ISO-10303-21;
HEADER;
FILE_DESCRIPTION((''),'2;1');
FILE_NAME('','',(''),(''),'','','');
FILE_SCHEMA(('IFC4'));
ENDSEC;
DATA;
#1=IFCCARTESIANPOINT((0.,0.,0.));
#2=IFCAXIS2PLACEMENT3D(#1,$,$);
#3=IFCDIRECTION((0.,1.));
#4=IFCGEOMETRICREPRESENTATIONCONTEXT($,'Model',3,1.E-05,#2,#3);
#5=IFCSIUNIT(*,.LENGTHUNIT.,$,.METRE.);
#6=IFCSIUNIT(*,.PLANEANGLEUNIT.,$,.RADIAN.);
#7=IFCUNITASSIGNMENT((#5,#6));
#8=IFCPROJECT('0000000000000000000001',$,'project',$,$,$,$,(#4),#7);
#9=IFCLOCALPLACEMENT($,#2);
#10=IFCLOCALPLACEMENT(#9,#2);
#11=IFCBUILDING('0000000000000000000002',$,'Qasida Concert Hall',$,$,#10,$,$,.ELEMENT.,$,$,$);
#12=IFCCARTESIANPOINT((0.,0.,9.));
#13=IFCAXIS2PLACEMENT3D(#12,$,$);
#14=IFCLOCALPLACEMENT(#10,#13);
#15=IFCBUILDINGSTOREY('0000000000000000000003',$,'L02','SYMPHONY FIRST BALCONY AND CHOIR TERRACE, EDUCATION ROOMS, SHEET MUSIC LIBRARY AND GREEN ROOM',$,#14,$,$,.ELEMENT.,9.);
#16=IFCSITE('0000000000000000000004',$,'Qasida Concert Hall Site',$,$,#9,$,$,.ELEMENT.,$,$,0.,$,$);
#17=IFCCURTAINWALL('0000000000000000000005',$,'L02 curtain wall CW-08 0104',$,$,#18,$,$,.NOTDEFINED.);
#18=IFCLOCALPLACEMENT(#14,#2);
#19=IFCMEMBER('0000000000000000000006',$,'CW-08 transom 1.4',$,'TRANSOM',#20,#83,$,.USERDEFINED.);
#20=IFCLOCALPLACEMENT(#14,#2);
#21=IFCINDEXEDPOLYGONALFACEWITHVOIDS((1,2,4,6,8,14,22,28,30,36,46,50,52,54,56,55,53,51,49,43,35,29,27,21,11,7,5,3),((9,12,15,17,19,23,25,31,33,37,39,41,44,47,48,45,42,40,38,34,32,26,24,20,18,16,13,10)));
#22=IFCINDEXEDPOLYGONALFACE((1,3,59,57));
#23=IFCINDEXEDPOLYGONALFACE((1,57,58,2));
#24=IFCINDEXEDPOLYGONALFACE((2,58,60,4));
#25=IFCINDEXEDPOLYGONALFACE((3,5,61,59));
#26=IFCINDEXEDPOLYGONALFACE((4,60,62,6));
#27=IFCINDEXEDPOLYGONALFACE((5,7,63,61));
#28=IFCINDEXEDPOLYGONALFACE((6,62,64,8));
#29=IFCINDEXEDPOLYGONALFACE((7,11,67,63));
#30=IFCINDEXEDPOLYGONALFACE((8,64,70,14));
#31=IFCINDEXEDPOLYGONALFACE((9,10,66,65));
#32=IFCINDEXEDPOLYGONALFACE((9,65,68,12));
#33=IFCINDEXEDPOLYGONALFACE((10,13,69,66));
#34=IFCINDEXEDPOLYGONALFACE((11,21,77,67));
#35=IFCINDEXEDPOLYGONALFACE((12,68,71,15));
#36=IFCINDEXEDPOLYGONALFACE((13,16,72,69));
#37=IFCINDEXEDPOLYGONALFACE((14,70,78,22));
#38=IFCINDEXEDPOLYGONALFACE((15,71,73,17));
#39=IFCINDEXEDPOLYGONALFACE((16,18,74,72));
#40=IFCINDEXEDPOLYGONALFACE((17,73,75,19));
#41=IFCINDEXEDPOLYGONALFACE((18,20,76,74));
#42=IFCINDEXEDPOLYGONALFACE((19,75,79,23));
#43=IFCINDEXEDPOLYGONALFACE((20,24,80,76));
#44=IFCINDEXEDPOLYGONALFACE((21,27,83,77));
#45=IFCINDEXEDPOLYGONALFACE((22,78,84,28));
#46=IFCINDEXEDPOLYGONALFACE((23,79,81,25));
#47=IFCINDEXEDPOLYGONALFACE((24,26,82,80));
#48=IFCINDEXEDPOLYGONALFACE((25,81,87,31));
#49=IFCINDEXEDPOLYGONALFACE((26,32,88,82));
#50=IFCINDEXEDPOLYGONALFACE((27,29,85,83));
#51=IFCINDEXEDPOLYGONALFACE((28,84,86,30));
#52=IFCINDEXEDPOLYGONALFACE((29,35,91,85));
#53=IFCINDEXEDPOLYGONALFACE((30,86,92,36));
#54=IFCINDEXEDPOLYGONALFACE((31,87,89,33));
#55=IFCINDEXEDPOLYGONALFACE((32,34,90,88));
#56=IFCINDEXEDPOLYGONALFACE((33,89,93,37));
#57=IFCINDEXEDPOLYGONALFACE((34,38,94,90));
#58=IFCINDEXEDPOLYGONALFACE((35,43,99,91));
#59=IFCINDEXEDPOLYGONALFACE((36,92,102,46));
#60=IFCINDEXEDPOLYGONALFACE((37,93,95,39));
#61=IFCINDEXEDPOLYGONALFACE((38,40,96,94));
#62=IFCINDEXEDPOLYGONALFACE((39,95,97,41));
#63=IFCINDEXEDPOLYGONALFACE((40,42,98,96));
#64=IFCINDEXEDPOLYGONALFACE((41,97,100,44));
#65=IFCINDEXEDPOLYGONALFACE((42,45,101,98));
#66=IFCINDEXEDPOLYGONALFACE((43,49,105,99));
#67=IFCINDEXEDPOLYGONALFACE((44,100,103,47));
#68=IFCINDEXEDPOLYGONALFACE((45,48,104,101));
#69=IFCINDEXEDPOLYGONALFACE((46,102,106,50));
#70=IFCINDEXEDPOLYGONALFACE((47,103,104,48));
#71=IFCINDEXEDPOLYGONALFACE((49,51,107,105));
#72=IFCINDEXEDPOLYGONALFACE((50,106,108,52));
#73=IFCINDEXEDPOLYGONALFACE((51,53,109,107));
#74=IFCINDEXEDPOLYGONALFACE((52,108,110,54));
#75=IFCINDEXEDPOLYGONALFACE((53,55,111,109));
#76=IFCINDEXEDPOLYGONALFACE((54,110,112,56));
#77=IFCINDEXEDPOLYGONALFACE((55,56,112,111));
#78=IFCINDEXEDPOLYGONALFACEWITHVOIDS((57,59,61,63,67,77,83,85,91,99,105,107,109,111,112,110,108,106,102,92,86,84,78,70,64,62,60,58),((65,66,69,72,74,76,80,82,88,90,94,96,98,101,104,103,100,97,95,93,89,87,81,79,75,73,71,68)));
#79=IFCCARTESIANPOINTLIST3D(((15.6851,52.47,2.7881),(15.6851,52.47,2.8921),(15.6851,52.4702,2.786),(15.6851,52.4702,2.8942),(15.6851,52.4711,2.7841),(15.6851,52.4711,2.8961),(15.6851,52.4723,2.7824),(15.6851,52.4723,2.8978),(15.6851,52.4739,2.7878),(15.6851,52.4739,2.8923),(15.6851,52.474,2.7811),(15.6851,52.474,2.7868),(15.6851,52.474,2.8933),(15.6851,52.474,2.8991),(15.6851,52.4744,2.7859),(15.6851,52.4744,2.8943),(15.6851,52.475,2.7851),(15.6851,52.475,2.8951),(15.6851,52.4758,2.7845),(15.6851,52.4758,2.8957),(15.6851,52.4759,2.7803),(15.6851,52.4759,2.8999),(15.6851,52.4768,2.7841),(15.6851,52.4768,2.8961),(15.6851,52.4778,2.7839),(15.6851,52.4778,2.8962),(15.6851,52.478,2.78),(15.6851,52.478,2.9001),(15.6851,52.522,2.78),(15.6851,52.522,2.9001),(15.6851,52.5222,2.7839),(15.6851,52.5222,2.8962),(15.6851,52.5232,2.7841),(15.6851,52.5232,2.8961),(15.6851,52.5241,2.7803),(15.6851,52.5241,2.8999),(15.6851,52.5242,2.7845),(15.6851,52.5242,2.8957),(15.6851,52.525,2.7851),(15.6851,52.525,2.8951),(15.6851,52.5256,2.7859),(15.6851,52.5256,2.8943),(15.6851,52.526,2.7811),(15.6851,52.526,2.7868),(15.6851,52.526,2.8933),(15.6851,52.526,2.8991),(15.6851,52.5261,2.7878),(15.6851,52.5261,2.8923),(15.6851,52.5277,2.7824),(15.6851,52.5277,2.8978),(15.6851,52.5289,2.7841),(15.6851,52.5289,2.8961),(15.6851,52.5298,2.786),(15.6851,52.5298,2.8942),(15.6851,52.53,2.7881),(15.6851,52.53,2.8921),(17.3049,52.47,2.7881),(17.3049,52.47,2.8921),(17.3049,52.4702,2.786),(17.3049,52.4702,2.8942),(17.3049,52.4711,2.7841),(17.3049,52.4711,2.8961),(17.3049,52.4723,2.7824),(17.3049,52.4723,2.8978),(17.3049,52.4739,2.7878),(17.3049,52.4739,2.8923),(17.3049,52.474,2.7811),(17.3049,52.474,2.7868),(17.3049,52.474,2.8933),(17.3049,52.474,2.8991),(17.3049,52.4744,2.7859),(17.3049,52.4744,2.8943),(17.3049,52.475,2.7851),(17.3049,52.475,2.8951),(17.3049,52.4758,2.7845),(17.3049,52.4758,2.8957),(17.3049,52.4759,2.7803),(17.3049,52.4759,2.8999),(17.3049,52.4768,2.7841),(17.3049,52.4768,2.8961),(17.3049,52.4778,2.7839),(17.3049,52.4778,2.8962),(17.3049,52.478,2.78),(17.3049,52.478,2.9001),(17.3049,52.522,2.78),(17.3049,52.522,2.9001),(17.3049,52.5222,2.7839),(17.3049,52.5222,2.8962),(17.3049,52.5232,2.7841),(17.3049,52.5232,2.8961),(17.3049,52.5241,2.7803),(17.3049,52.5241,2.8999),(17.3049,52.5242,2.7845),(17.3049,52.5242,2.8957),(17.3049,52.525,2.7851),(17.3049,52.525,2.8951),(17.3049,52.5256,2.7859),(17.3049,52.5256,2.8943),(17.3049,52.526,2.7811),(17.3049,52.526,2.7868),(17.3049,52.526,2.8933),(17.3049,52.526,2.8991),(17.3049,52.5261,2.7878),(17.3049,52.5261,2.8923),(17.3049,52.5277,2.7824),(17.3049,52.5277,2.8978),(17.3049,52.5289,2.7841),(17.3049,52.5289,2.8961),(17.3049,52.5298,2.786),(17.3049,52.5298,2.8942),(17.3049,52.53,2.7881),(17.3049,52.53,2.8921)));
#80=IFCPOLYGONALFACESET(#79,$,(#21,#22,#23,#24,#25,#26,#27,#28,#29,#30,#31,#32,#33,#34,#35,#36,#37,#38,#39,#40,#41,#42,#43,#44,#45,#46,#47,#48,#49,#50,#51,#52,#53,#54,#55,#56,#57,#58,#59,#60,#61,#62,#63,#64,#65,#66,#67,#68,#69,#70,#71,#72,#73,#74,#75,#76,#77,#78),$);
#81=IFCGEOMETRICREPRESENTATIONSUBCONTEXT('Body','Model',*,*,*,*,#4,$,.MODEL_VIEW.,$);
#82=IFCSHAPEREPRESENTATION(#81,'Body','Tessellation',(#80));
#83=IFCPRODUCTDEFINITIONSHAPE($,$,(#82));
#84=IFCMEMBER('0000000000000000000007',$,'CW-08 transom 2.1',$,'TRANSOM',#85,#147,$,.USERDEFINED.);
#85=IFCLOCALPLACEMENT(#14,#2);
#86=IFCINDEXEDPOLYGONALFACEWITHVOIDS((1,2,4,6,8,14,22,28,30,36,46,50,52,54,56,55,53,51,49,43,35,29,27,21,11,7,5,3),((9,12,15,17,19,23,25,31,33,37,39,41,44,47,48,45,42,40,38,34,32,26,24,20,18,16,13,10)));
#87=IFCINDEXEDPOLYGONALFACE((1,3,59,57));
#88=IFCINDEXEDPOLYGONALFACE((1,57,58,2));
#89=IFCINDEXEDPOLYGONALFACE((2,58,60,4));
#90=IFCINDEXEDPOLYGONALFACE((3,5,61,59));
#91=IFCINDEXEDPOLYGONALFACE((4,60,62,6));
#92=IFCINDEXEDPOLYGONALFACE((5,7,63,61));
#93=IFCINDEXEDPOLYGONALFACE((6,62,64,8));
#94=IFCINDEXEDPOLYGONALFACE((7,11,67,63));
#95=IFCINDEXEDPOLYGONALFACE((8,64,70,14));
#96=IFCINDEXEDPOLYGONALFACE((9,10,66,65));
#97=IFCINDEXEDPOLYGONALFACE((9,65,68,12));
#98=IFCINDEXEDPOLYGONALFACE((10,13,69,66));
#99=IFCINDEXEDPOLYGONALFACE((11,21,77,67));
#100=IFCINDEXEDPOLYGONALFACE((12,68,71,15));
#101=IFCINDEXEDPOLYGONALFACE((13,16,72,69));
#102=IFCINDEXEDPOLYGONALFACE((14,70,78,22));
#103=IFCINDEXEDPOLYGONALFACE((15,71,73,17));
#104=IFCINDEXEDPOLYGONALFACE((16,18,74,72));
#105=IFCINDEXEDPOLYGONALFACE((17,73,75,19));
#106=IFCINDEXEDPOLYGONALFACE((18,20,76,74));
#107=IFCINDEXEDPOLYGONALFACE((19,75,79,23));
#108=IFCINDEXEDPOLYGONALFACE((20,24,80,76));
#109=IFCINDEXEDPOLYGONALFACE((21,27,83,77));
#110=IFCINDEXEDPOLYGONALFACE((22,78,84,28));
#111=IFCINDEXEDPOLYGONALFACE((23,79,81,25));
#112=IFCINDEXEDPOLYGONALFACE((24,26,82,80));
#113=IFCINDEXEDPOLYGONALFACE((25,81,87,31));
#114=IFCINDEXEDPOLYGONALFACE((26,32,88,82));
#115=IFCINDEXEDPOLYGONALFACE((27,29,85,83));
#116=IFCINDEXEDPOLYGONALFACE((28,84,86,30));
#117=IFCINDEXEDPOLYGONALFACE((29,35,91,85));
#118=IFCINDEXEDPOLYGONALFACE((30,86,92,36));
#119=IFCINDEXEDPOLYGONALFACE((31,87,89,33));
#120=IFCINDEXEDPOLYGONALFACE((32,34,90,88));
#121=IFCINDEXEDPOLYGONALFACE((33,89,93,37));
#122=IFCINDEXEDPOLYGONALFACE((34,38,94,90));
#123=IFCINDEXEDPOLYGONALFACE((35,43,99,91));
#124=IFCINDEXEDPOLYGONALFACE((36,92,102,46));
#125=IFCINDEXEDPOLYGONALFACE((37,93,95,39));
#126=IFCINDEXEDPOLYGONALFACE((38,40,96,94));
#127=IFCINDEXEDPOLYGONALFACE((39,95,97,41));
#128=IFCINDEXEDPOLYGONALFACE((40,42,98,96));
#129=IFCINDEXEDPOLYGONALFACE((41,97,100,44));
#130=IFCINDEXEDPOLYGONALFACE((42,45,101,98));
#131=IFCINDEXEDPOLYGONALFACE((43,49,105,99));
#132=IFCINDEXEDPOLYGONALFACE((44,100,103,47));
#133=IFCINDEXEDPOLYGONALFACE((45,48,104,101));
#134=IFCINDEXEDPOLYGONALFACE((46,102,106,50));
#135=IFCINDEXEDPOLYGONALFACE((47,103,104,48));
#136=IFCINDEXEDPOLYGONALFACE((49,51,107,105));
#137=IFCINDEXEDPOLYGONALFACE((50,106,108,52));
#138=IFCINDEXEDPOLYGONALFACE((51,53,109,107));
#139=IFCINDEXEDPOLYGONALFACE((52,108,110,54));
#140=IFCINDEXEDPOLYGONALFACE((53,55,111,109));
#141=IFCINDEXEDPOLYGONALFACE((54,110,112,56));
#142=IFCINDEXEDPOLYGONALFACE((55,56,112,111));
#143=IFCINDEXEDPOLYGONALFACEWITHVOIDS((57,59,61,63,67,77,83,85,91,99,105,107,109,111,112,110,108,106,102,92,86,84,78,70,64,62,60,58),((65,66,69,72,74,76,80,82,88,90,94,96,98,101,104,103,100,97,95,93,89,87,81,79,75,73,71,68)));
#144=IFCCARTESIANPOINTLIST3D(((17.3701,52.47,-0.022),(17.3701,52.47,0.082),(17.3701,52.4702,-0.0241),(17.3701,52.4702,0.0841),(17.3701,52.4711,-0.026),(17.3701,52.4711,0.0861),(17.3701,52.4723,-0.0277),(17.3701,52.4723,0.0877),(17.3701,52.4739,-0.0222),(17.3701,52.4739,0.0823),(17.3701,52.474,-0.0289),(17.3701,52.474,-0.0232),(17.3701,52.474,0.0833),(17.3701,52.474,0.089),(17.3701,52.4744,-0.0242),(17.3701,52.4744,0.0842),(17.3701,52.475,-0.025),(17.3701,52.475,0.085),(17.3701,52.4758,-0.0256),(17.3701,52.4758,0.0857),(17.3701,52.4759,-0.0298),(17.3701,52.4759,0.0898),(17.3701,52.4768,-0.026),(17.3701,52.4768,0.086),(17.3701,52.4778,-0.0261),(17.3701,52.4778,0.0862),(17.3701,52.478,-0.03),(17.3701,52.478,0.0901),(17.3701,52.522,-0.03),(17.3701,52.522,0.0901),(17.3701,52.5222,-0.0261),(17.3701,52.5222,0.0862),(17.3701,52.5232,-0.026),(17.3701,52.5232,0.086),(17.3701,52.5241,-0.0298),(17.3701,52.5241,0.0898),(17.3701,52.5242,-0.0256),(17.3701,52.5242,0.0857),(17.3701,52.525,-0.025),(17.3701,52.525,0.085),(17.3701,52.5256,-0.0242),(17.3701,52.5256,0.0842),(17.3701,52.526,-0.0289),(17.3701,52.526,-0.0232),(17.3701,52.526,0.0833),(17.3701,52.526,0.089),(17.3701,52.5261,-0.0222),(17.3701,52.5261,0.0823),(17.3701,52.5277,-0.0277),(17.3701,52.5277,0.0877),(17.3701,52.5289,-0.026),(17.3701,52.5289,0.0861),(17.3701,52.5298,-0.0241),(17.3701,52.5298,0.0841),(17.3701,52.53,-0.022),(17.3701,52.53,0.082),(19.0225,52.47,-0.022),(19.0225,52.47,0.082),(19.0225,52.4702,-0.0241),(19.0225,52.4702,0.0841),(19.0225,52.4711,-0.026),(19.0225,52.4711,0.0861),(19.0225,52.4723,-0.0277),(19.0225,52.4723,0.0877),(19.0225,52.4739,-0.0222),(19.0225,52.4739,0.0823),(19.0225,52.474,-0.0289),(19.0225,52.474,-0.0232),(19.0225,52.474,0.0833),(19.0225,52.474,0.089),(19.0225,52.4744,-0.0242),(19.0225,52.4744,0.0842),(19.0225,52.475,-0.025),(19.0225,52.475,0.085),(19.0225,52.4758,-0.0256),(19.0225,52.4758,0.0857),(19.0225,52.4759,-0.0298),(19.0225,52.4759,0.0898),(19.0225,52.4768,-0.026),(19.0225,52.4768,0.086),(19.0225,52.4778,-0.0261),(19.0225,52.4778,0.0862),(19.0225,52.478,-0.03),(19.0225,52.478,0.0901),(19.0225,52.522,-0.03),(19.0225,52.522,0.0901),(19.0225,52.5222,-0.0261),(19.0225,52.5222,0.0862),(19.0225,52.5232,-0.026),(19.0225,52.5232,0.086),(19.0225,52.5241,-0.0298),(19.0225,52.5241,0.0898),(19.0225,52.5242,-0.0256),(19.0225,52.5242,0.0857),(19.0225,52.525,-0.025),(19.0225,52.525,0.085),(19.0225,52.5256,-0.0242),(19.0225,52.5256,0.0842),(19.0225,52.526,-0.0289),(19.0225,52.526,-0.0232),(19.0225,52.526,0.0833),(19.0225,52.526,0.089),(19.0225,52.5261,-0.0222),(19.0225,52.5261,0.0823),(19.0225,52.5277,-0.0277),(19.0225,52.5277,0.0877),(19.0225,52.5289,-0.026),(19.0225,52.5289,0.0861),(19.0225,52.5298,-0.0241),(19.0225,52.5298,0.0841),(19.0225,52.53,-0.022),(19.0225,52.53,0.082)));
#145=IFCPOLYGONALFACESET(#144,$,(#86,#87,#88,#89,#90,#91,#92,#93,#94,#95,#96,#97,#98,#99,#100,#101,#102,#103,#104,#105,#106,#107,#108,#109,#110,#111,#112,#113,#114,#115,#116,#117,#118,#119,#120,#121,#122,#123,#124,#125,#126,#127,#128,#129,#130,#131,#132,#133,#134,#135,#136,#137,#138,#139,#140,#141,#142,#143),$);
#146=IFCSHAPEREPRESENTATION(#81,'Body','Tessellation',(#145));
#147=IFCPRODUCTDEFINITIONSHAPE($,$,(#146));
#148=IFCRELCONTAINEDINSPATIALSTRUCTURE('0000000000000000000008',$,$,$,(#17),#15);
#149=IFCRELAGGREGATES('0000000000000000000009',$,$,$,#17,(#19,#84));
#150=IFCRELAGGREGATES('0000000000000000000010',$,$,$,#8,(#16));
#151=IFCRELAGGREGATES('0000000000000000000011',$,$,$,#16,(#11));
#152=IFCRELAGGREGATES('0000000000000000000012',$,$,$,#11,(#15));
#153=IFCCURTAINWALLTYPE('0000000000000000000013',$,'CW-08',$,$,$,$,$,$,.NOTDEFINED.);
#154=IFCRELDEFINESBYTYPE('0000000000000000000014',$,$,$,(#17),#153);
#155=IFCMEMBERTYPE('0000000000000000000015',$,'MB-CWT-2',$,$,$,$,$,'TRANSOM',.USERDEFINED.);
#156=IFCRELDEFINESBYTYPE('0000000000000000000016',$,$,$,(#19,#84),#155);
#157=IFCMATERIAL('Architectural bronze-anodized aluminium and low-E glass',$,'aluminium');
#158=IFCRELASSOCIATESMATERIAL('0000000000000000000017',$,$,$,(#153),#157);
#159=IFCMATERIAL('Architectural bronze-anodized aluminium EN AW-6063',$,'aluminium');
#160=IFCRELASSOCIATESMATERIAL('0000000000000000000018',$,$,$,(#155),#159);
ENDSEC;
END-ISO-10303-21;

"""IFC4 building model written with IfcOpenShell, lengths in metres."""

from ifc_helpers import new_model, si_unit, direction, frame, origin, origin_2d, place, context, subcontext, project, spatial, hollow_rectangle, extrude, material, material_profile, profile_set, type_object, element, aggregate, save


model = new_model("IFC4")

# Units and contexts
model_context = context("Model", 3, precision=1e-05, world=origin(), true_north=direction((0.0, 1.0)))
body_context = subcontext(model_context, "Body", "Model", "MODEL_VIEW")
ifc_project = project(units=[si_unit("LENGTHUNIT", "METRE"), si_unit("PLANEANGLEUNIT", "RADIAN")], contexts=[model_context])

# Site, building, storey
site_placement = place(None, origin())
site = spatial("IfcSite", under=ifc_project, at=site_placement, Name="Qasida Concert Hall Site", CompositionType="ELEMENT", RefElevation=0.0)
building_placement = place(site_placement, origin())
building = spatial("IfcBuilding", under=site, at=building_placement, Name="Qasida Concert Hall", CompositionType="ELEMENT")
storey_placement = place(building_placement, frame((0.0, 0.0, 9.0)))
storey = spatial("IfcBuildingStorey", under=building, at=storey_placement, Name="L02", Description="SYMPHONY FIRST BALCONY AND CHOIR TERRACE, EDUCATION ROOMS, SHEET MUSIC LIBRARY AND GREEN ROOM", CompositionType="ELEMENT", Elevation=9.0)

# Curtain wall, members
ifc_material_1 = material(Name="Architectural bronze-anodized aluminium and low-E glass", Category="aluminium")
curtain_wall_type = type_object("IfcCurtainWallType", Name="CW-08", PredefinedType="NOTDEFINED", material=ifc_material_1)
curtain_wall_placement = place(storey_placement, origin())
curtain_wall = element("IfcCurtainWall", 1, at=curtain_wall_placement, inside=storey, type_object=curtain_wall_type, Name="L02 curtain wall CW-08 0104", PredefinedType="NOTDEFINED")
ifc_material_2 = material(Name="Architectural bronze-anodized aluminium EN AW-6063", Category="aluminium")
ifc_material_profile_1 = material_profile(ifc_material_2, hollow_rectangle(XDim=0.0601, YDim=0.1201, WallThickness=0.0039, InnerFilletRadius=0.0039, OuterFilletRadius=0.0081, at=origin_2d()), Name="CWT 120x60x4")
ifc_profile_set_1 = profile_set([ifc_material_profile_1], Name="Architectural bronze-anodized aluminium EN AW-6063")
member_type_1 = type_object("IfcMemberType", Name="MB-CWT-2", ElementType="TRANSOM", PredefinedType="USERDEFINED", material=ifc_profile_set_1)
member_1_placement = place(storey_placement, frame((15.6851, 52.5, 2.8401), z_axis=(1.0, 0.0, 0.0), x_axis=(0.0, 1.0, 0.0)))
member_1 = element("IfcMember", 2, at=member_1_placement, type_object=member_type_1, Name="CW-08 transom 1.4", ObjectType="TRANSOM", PredefinedType="USERDEFINED", context=body_context, shape_type="SweptSolid", body=[
    extrude(hollow_rectangle(XDim=0.0601, YDim=0.1201, WallThickness=0.0039, InnerFilletRadius=0.0039, OuterFilletRadius=0.0081, at=origin_2d()), origin(), (0.0, 0.0, 1.0), 1.6199),
])
member_2_placement = place(storey_placement, frame((17.3701, 52.5, 0.03), z_axis=(1.0, 0.0, 0.0), x_axis=(0.0, 1.0, 0.0)))
member_2 = element("IfcMember", 3, at=member_2_placement, type_object=member_type_1, Name="CW-08 transom 2.1", ObjectType="TRANSOM", PredefinedType="USERDEFINED", context=body_context, shape_type="SweptSolid", body=[
    extrude(hollow_rectangle(XDim=0.0601, YDim=0.1201, WallThickness=0.0039, InnerFilletRadius=0.0039, OuterFilletRadius=0.0081, at=origin_2d()), origin(), (0.0, 0.0, 1.0), 1.6523),
])
aggregate(curtain_wall, [member_1, member_2])

save(model, "model.ifc")
